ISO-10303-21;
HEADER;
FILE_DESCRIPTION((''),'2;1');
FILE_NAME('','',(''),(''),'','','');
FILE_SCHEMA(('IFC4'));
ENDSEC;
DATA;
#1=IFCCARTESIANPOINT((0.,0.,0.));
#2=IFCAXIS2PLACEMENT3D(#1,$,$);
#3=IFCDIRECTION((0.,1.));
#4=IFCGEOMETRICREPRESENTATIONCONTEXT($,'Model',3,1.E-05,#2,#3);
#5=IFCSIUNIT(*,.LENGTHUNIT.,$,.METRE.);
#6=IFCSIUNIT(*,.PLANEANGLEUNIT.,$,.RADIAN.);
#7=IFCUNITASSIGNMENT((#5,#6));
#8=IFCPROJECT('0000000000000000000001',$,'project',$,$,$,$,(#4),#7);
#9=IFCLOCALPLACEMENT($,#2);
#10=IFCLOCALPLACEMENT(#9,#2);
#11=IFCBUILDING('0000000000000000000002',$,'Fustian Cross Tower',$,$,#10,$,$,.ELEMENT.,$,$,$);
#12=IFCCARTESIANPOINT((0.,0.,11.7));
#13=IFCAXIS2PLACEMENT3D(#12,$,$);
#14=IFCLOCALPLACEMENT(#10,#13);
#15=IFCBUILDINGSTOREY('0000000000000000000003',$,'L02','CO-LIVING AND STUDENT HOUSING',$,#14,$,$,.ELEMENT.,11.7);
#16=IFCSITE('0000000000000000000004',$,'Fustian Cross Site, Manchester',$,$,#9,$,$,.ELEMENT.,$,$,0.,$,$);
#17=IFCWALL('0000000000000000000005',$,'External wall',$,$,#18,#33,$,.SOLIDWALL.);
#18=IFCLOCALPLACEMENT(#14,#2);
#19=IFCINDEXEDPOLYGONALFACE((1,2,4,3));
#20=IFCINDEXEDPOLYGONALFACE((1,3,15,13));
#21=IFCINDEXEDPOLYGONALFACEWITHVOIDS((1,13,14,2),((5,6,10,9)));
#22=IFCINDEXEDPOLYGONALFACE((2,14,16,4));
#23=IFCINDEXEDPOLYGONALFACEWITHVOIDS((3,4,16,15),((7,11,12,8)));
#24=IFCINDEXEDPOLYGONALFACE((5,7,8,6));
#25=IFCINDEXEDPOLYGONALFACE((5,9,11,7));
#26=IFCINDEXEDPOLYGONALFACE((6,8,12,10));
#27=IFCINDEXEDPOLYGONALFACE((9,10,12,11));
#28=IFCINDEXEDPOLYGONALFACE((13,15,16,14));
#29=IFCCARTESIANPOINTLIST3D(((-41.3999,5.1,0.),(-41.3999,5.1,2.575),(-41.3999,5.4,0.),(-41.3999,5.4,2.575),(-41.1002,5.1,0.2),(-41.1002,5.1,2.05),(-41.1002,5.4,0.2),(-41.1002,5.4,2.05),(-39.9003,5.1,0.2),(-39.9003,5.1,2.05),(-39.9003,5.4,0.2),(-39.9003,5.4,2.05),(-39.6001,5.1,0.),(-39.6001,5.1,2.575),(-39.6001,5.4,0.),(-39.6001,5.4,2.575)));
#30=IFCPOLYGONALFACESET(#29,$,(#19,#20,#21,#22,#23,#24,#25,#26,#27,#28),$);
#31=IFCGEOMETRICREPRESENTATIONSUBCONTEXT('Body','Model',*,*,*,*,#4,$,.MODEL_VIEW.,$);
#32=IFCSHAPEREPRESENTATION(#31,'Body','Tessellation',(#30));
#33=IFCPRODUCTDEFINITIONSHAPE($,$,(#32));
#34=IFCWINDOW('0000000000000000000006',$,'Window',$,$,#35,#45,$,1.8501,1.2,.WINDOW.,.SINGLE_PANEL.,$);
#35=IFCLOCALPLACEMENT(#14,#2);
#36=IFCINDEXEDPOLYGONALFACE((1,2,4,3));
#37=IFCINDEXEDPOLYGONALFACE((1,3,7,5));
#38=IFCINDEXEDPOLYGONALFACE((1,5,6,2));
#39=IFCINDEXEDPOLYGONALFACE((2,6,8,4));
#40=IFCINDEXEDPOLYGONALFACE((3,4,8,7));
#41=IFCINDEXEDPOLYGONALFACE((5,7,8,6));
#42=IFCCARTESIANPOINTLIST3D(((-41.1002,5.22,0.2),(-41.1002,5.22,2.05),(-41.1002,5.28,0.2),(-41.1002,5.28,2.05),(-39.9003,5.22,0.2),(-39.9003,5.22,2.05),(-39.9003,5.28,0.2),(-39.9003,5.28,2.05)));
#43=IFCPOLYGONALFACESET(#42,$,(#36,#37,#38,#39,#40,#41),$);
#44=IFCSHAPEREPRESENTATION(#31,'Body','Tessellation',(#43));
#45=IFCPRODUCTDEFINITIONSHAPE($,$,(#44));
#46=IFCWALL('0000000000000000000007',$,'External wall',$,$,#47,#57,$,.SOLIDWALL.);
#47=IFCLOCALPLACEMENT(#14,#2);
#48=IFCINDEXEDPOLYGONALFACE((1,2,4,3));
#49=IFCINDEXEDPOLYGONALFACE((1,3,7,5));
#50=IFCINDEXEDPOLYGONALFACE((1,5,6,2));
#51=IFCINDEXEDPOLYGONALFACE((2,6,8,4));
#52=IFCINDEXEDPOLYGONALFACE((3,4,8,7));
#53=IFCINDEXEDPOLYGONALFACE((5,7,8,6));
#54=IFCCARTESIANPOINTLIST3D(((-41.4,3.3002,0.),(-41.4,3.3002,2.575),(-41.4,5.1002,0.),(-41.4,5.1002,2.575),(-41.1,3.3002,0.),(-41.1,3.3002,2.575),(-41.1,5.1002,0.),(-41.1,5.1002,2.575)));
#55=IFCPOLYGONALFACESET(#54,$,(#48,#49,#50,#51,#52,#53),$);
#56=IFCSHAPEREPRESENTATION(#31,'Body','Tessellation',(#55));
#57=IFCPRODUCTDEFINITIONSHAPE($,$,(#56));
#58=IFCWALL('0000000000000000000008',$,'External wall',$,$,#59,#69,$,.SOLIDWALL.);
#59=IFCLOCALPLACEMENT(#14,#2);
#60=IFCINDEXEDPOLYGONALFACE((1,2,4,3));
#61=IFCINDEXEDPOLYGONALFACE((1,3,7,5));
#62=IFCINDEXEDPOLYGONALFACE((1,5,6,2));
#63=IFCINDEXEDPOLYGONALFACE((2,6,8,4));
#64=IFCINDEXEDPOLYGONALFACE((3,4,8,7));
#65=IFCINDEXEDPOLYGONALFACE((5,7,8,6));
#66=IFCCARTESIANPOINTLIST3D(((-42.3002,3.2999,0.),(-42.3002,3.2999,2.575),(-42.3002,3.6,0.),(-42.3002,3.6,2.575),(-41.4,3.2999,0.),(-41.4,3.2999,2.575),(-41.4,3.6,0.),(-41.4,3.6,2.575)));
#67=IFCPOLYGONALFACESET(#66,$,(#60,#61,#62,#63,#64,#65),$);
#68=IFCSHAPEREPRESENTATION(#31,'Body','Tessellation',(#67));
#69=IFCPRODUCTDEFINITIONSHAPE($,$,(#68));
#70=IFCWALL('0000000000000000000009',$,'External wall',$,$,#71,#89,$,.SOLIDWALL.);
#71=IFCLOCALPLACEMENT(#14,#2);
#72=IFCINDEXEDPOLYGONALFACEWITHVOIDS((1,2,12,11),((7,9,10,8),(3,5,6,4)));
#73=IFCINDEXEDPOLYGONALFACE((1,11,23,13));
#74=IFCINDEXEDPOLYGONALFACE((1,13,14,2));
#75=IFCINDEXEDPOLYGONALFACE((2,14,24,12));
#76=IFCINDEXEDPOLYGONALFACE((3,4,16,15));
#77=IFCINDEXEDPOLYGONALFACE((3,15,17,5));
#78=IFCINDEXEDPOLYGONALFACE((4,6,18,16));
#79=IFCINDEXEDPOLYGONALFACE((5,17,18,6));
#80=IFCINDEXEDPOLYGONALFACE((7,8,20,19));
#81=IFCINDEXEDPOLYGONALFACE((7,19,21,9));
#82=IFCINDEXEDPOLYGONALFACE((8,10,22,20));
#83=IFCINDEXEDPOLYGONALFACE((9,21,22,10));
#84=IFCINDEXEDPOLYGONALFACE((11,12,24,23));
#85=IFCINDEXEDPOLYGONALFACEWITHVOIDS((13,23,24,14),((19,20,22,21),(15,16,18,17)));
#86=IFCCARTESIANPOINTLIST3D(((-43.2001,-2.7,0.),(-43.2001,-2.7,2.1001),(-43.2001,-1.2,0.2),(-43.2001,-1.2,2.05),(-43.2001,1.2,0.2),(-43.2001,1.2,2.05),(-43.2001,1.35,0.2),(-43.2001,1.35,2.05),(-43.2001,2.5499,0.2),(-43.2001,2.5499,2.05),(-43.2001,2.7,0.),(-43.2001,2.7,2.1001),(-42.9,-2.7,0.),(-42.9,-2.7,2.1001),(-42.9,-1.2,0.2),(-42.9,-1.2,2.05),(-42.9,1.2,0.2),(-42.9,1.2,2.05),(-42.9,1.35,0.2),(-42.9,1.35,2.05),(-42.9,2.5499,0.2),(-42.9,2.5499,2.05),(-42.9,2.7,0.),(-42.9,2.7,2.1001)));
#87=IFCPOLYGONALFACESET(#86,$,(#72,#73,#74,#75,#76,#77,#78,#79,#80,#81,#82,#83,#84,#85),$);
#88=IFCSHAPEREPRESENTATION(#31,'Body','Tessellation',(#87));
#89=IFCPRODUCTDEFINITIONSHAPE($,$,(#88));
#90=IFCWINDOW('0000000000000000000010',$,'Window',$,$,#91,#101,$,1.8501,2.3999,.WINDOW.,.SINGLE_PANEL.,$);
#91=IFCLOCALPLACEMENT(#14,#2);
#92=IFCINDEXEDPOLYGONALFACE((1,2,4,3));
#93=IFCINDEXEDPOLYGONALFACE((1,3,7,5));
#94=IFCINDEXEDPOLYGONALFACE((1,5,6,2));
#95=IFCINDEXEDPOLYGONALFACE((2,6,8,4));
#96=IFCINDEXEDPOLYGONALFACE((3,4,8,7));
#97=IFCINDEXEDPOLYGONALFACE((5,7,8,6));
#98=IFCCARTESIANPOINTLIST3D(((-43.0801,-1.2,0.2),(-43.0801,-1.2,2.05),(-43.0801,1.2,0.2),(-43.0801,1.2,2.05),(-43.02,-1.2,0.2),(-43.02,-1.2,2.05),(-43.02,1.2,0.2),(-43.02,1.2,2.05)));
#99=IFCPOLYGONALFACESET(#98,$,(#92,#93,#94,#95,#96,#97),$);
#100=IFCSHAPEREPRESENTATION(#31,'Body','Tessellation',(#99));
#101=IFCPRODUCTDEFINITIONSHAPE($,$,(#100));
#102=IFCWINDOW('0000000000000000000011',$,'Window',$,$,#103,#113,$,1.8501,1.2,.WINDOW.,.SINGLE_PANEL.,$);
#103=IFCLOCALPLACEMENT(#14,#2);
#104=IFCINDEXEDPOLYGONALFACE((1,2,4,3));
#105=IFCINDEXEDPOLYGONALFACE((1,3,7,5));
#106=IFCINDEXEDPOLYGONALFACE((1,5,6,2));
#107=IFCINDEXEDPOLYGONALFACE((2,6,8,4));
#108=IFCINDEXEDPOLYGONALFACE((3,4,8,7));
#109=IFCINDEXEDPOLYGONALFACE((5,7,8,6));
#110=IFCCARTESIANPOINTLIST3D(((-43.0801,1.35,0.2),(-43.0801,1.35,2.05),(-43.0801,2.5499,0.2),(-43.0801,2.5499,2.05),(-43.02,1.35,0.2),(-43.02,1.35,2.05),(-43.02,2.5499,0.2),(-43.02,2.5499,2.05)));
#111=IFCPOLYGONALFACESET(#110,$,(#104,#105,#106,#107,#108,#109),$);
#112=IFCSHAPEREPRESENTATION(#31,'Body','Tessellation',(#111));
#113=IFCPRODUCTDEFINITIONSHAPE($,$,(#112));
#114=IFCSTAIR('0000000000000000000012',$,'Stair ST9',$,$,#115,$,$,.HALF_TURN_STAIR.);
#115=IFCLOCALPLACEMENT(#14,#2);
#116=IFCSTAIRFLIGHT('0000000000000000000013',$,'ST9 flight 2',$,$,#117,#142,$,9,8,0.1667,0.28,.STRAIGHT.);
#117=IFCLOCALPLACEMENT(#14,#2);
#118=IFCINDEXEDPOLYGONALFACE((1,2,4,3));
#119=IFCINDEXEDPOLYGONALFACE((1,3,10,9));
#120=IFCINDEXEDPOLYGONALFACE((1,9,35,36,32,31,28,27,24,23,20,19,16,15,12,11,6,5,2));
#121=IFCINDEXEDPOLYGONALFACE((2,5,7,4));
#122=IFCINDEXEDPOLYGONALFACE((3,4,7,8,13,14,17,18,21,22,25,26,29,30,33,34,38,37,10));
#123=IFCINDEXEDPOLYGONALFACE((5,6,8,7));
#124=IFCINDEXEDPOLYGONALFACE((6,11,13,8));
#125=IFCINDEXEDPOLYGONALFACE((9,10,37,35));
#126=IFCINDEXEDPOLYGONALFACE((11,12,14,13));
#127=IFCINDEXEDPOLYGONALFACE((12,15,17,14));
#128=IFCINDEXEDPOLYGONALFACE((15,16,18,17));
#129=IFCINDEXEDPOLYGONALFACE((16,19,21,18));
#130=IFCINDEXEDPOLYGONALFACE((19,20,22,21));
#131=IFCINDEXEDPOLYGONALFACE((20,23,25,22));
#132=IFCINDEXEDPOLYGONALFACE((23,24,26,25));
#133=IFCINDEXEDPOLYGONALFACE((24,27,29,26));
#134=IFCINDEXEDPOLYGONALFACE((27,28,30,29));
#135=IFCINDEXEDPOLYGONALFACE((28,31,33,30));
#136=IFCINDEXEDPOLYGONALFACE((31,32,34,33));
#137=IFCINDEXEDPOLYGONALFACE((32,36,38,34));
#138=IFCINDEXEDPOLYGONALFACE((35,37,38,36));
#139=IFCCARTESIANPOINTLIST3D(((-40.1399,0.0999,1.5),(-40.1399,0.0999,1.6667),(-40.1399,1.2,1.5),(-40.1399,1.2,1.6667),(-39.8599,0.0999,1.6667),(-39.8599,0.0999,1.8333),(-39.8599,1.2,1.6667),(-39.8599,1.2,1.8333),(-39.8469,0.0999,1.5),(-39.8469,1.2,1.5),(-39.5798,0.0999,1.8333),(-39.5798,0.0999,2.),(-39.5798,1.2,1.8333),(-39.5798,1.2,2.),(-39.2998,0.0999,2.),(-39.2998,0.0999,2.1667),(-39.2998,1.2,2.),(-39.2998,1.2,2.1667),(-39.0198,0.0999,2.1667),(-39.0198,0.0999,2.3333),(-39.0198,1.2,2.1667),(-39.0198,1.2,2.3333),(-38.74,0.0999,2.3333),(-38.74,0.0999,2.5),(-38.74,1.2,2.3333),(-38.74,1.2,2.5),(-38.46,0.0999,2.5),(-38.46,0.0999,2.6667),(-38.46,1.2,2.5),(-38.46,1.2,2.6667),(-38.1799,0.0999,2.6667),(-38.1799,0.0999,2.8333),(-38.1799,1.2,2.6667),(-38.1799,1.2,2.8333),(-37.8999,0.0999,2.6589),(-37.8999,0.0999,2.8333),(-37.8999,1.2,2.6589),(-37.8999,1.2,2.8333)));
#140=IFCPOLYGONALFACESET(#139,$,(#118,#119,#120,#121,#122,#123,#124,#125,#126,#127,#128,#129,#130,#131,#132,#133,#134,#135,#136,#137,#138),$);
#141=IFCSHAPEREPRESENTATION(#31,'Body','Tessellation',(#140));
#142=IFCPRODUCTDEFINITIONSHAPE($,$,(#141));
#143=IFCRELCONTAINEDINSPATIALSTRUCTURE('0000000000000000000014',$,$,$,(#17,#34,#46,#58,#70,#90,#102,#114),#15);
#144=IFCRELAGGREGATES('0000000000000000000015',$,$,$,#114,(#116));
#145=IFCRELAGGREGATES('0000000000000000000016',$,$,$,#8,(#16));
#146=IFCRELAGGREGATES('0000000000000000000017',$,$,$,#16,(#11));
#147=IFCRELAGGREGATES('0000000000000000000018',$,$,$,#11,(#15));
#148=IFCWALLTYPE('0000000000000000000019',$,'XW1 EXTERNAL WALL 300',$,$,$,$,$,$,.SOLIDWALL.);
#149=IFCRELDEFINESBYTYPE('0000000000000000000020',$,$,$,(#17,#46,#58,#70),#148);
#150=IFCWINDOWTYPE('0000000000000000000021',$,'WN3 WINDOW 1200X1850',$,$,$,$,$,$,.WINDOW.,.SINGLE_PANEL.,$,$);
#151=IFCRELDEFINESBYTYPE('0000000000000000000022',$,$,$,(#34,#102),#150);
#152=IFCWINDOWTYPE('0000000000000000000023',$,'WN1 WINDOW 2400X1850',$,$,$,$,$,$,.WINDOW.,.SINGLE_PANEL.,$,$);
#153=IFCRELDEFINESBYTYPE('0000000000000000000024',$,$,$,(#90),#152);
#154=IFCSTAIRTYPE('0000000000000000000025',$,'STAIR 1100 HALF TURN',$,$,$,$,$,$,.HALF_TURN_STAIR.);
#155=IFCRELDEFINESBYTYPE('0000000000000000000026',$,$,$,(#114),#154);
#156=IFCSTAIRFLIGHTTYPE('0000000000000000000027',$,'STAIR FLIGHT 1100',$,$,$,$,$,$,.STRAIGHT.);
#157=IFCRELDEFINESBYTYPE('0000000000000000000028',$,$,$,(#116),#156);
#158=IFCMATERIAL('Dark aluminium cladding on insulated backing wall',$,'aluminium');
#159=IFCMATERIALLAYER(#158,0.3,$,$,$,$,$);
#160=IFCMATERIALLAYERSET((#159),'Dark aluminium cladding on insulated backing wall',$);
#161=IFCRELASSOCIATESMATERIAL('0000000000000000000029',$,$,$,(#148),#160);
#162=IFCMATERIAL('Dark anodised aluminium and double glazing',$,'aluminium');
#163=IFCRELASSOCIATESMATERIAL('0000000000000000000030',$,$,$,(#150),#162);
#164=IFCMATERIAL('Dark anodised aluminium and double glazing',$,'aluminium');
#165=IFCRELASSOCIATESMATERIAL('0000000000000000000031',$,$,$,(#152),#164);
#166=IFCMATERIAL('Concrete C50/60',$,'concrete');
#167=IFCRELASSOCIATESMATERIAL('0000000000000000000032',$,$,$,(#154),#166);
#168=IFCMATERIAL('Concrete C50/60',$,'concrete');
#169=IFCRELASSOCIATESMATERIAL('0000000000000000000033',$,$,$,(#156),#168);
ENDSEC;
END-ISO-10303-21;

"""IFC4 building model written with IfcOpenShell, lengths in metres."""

from ifc_helpers import new_model, si_unit, direction, frame, frame_2d, origin, place, context, subcontext, project, spatial, polyline, rectangle, outline, extrude, material, layer, layer_set, type_object, element, fill, aggregate, save


model = new_model("IFC4")

# Units and contexts
model_context = context("Model", 3, precision=1e-05, world=origin(), true_north=direction((0.0, 1.0)))
body_context = subcontext(model_context, "Body", "Model", "MODEL_VIEW")
ifc_project = project(units=[si_unit("LENGTHUNIT", "METRE"), si_unit("PLANEANGLEUNIT", "RADIAN")], contexts=[model_context])

# Site, building, storey
site_placement = place(None, origin())
site = spatial("IfcSite", under=ifc_project, at=site_placement, Name="Fustian Cross Site, Manchester", CompositionType="ELEMENT", RefElevation=0.0)
building_placement = place(site_placement, origin())
building = spatial("IfcBuilding", under=site, at=building_placement, Name="Fustian Cross Tower", CompositionType="ELEMENT")
storey_placement = place(building_placement, frame((0.0, 0.0, 11.7)))
storey = spatial("IfcBuildingStorey", under=building, at=storey_placement, Name="L02", Description="CO-LIVING AND STUDENT HOUSING", CompositionType="ELEMENT", Elevation=11.7)

# Shared definitions
ifc_material_1 = material(Name="Dark aluminium cladding on insulated backing wall", Category="aluminium")
ifc_layer_1 = layer(ifc_material_1, 0.3)
ifc_layer_set_1 = layer_set([ifc_layer_1], Name="Dark aluminium cladding on insulated backing wall")
wall_type_1 = type_object("IfcWallType", Name="XW1 EXTERNAL WALL 300", PredefinedType="SOLIDWALL", material=ifc_layer_set_1)

# Wall, opening, window
wall_1_placement = place(storey_placement, frame((-39.6001, 5.25, 0.0), z_axis=(0.0, 0.0, 1.0), x_axis=(-1.0, 0.0, 0.0)))
wall_1 = element("IfcWall", 1, at=wall_1_placement, inside=storey, type_object=wall_type_1, Name="External wall", PredefinedType="SOLIDWALL", context=body_context, shape_type="SweptSolid", body=[
    extrude(rectangle(XDim=1.7998, YDim=0.3, at=frame_2d((0.8999, 0.0))), origin(), (0.0, 0.0, 1.0), 2.575),
])
opening_1_placement = place(wall_1_placement, frame((0.3, 0.0, 0.2)))
opening_1 = element("IfcOpeningElement", 2, at=opening_1_placement, cuts=wall_1, PredefinedType="OPENING", context=body_context, shape_type="SweptSolid", body=[
    extrude(rectangle(XDim=1.2, YDim=1.8501, at=frame_2d((0.6001, 0.925))), frame((0.0, 0.1599, 0.0), z_axis=(0.0, -1.0, 0.0), x_axis=(1.0, 0.0, 0.0)), (0.0, 0.0, 1.0), 0.3201),
])
ifc_material_2 = material(Name="Dark anodised aluminium and double glazing", Category="aluminium")
window_type_1 = type_object("IfcWindowType", Name="WN3 WINDOW 1200X1850", PartitioningType="SINGLE_PANEL", PredefinedType="WINDOW", material=ifc_material_2)
window_1_placement = place(opening_1_placement, origin())
window_1 = element("IfcWindow", 3, at=window_1_placement, inside=storey, type_object=window_type_1, Name="Window", OverallHeight=1.8501, OverallWidth=1.2, PartitioningType="SINGLE_PANEL", PredefinedType="WINDOW", context=body_context, shape_type="SweptSolid", body=[
    extrude(rectangle(XDim=1.2, YDim=1.8501, at=frame_2d((0.6001, 0.925))), frame((0.0, 0.03, 0.0), z_axis=(0.0, -1.0, 0.0), x_axis=(1.0, 0.0, 0.0)), (0.0, 0.0, 1.0), 0.0601),
])
fill(opening_1, window_1)

# Walls
wall_2_placement = place(storey_placement, frame((-41.25, 5.1001, 0.0), z_axis=(0.0, 0.0, 1.0), x_axis=(0.0, -1.0, 0.0)))
element("IfcWall", 4, at=wall_2_placement, inside=storey, type_object=wall_type_1, Name="External wall", PredefinedType="SOLIDWALL", context=body_context, shape_type="SweptSolid", body=[
    extrude(rectangle(XDim=1.8, YDim=0.3, at=frame_2d((0.8999, 0.0))), origin(), (0.0, 0.0, 1.0), 2.575),
])
wall_3_placement = place(storey_placement, frame((-41.3999, 3.45, 0.0), z_axis=(0.0, 0.0, 1.0), x_axis=(-1.0, 0.0, 0.0)))
element("IfcWall", 5, at=wall_3_placement, inside=storey, type_object=wall_type_1, Name="External wall", PredefinedType="SOLIDWALL", context=body_context, shape_type="SweptSolid", body=[
    extrude(rectangle(XDim=0.9001, YDim=0.3, at=frame_2d((0.4502, 0.0))), origin(), (0.0, 0.0, 1.0), 2.575),
])

# Wall, openings, windows
wall_4_placement = place(storey_placement, frame((-43.05, 2.7, 0.0), z_axis=(0.0, 0.0, 1.0), x_axis=(0.0, -1.0, 0.0)))
wall_4 = element("IfcWall", 6, at=wall_4_placement, inside=storey, type_object=wall_type_1, Name="External wall", PredefinedType="SOLIDWALL", context=body_context, shape_type="SweptSolid", body=[
    extrude(rectangle(XDim=5.3999, YDim=0.3, at=frame_2d((2.7, 0.0))), origin(), (0.0, 0.0, 1.0), 2.1001),
])
opening_2_placement = place(wall_4_placement, frame((1.5, 0.0, 0.2)))
opening_2 = element("IfcOpeningElement", 7, at=opening_2_placement, cuts=wall_4, PredefinedType="OPENING", context=body_context, shape_type="SweptSolid", body=[
    extrude(rectangle(XDim=2.3999, YDim=1.8501, at=frame_2d((1.2, 0.925))), frame((0.0, 0.1599, 0.0), z_axis=(0.0, -1.0, 0.0), x_axis=(1.0, 0.0, 0.0)), (0.0, 0.0, 1.0), 0.3201),
])
opening_3_placement = place(wall_4_placement, frame((0.1499, 0.0, 0.2)))
opening_3 = element("IfcOpeningElement", 8, at=opening_3_placement, cuts=wall_4, PredefinedType="OPENING", context=body_context, shape_type="SweptSolid", body=[
    extrude(rectangle(XDim=1.2, YDim=1.8501, at=frame_2d((0.6001, 0.925))), frame((0.0, 0.1599, 0.0), z_axis=(0.0, -1.0, 0.0), x_axis=(1.0, 0.0, 0.0)), (0.0, 0.0, 1.0), 0.3201),
])
ifc_material_3 = material(Name="Dark anodised aluminium and double glazing", Category="aluminium")
window_type_2 = type_object("IfcWindowType", Name="WN1 WINDOW 2400X1850", PartitioningType="SINGLE_PANEL", PredefinedType="WINDOW", material=ifc_material_3)
window_2_placement = place(opening_2_placement, origin())
window_2 = element("IfcWindow", 9, at=window_2_placement, inside=storey, type_object=window_type_2, Name="Window", OverallHeight=1.8501, OverallWidth=2.3999, PartitioningType="SINGLE_PANEL", PredefinedType="WINDOW", context=body_context, shape_type="SweptSolid", body=[
    extrude(rectangle(XDim=2.3999, YDim=1.8501, at=frame_2d((1.2, 0.925))), frame((0.0, 0.03, 0.0), z_axis=(0.0, -1.0, 0.0), x_axis=(1.0, 0.0, 0.0)), (0.0, 0.0, 1.0), 0.0601),
])
fill(opening_2, window_2)
window_3_placement = place(opening_3_placement, origin())
window_3 = element("IfcWindow", 10, at=window_3_placement, inside=storey, type_object=window_type_1, Name="Window", OverallHeight=1.8501, OverallWidth=1.2, PartitioningType="SINGLE_PANEL", PredefinedType="WINDOW", context=body_context, shape_type="SweptSolid", body=[
    extrude(rectangle(XDim=1.2, YDim=1.8501, at=frame_2d((0.6001, 0.925))), frame((0.0, 0.03, 0.0), z_axis=(0.0, -1.0, 0.0), x_axis=(1.0, 0.0, 0.0)), (0.0, 0.0, 1.0), 0.0601),
])
fill(opening_3, window_3)

# Stair, stair flight
ifc_material_4 = material(Name="Concrete C50/60", Category="concrete")
stair_type = type_object("IfcStairType", Name="STAIR 1100 HALF TURN", PredefinedType="HALF_TURN_STAIR", material=ifc_material_4)
stair_placement = place(storey_placement, origin())
stair = element("IfcStair", 11, at=stair_placement, inside=storey, type_object=stair_type, Name="Stair ST9", PredefinedType="HALF_TURN_STAIR")
ifc_material_5 = material(Name="Concrete C50/60", Category="concrete")
stair_flight_type = type_object("IfcStairFlightType", Name="STAIR FLIGHT 1100", PredefinedType="STRAIGHT", material=ifc_material_5)
stair_flight_placement = place(storey_placement, frame((-40.1399, 0.6499, 1.5), z_axis=(0.0, 0.0, 1.0), x_axis=(1.0, 0.0, 0.0)))
stair_flight = element("IfcStairFlight", 12, at=stair_flight_placement, type_object=stair_flight_type, Name="ST9 flight 2", NumberOfRisers=9, NumberOfTreads=8, PredefinedType="STRAIGHT", RiserHeight=0.1667, TreadLength=0.28, context=body_context, shape_type="SweptSolid", body=[
    extrude(outline(polyline([(0.0, 0.0), (0.0, 0.1667), (0.28, 0.1667), (0.28, 0.3333), (0.5601, 0.3333), (0.5601, 0.5), (0.8401, 0.5), (0.8401, 0.6667), (1.1201, 0.6667), (1.1201, 0.8333), (1.3999, 0.8333), (1.3999, 1.0), (1.6799, 1.0), (1.6799, 1.1667), (1.96, 1.1667), (1.96, 1.3333), (2.24, 1.3333), (2.24, 1.5), (2.24, 1.1589), (0.293, 0.0), (0.0, 0.0)])), frame((0.0, 0.55, 0.0), z_axis=(0.0, -1.0, 0.0), x_axis=(1.0, 0.0, 0.0)), (0.0, 0.0, 1.0), 1.1001),
])
aggregate(stair, [stair_flight])

save(model, "model.ifc")
